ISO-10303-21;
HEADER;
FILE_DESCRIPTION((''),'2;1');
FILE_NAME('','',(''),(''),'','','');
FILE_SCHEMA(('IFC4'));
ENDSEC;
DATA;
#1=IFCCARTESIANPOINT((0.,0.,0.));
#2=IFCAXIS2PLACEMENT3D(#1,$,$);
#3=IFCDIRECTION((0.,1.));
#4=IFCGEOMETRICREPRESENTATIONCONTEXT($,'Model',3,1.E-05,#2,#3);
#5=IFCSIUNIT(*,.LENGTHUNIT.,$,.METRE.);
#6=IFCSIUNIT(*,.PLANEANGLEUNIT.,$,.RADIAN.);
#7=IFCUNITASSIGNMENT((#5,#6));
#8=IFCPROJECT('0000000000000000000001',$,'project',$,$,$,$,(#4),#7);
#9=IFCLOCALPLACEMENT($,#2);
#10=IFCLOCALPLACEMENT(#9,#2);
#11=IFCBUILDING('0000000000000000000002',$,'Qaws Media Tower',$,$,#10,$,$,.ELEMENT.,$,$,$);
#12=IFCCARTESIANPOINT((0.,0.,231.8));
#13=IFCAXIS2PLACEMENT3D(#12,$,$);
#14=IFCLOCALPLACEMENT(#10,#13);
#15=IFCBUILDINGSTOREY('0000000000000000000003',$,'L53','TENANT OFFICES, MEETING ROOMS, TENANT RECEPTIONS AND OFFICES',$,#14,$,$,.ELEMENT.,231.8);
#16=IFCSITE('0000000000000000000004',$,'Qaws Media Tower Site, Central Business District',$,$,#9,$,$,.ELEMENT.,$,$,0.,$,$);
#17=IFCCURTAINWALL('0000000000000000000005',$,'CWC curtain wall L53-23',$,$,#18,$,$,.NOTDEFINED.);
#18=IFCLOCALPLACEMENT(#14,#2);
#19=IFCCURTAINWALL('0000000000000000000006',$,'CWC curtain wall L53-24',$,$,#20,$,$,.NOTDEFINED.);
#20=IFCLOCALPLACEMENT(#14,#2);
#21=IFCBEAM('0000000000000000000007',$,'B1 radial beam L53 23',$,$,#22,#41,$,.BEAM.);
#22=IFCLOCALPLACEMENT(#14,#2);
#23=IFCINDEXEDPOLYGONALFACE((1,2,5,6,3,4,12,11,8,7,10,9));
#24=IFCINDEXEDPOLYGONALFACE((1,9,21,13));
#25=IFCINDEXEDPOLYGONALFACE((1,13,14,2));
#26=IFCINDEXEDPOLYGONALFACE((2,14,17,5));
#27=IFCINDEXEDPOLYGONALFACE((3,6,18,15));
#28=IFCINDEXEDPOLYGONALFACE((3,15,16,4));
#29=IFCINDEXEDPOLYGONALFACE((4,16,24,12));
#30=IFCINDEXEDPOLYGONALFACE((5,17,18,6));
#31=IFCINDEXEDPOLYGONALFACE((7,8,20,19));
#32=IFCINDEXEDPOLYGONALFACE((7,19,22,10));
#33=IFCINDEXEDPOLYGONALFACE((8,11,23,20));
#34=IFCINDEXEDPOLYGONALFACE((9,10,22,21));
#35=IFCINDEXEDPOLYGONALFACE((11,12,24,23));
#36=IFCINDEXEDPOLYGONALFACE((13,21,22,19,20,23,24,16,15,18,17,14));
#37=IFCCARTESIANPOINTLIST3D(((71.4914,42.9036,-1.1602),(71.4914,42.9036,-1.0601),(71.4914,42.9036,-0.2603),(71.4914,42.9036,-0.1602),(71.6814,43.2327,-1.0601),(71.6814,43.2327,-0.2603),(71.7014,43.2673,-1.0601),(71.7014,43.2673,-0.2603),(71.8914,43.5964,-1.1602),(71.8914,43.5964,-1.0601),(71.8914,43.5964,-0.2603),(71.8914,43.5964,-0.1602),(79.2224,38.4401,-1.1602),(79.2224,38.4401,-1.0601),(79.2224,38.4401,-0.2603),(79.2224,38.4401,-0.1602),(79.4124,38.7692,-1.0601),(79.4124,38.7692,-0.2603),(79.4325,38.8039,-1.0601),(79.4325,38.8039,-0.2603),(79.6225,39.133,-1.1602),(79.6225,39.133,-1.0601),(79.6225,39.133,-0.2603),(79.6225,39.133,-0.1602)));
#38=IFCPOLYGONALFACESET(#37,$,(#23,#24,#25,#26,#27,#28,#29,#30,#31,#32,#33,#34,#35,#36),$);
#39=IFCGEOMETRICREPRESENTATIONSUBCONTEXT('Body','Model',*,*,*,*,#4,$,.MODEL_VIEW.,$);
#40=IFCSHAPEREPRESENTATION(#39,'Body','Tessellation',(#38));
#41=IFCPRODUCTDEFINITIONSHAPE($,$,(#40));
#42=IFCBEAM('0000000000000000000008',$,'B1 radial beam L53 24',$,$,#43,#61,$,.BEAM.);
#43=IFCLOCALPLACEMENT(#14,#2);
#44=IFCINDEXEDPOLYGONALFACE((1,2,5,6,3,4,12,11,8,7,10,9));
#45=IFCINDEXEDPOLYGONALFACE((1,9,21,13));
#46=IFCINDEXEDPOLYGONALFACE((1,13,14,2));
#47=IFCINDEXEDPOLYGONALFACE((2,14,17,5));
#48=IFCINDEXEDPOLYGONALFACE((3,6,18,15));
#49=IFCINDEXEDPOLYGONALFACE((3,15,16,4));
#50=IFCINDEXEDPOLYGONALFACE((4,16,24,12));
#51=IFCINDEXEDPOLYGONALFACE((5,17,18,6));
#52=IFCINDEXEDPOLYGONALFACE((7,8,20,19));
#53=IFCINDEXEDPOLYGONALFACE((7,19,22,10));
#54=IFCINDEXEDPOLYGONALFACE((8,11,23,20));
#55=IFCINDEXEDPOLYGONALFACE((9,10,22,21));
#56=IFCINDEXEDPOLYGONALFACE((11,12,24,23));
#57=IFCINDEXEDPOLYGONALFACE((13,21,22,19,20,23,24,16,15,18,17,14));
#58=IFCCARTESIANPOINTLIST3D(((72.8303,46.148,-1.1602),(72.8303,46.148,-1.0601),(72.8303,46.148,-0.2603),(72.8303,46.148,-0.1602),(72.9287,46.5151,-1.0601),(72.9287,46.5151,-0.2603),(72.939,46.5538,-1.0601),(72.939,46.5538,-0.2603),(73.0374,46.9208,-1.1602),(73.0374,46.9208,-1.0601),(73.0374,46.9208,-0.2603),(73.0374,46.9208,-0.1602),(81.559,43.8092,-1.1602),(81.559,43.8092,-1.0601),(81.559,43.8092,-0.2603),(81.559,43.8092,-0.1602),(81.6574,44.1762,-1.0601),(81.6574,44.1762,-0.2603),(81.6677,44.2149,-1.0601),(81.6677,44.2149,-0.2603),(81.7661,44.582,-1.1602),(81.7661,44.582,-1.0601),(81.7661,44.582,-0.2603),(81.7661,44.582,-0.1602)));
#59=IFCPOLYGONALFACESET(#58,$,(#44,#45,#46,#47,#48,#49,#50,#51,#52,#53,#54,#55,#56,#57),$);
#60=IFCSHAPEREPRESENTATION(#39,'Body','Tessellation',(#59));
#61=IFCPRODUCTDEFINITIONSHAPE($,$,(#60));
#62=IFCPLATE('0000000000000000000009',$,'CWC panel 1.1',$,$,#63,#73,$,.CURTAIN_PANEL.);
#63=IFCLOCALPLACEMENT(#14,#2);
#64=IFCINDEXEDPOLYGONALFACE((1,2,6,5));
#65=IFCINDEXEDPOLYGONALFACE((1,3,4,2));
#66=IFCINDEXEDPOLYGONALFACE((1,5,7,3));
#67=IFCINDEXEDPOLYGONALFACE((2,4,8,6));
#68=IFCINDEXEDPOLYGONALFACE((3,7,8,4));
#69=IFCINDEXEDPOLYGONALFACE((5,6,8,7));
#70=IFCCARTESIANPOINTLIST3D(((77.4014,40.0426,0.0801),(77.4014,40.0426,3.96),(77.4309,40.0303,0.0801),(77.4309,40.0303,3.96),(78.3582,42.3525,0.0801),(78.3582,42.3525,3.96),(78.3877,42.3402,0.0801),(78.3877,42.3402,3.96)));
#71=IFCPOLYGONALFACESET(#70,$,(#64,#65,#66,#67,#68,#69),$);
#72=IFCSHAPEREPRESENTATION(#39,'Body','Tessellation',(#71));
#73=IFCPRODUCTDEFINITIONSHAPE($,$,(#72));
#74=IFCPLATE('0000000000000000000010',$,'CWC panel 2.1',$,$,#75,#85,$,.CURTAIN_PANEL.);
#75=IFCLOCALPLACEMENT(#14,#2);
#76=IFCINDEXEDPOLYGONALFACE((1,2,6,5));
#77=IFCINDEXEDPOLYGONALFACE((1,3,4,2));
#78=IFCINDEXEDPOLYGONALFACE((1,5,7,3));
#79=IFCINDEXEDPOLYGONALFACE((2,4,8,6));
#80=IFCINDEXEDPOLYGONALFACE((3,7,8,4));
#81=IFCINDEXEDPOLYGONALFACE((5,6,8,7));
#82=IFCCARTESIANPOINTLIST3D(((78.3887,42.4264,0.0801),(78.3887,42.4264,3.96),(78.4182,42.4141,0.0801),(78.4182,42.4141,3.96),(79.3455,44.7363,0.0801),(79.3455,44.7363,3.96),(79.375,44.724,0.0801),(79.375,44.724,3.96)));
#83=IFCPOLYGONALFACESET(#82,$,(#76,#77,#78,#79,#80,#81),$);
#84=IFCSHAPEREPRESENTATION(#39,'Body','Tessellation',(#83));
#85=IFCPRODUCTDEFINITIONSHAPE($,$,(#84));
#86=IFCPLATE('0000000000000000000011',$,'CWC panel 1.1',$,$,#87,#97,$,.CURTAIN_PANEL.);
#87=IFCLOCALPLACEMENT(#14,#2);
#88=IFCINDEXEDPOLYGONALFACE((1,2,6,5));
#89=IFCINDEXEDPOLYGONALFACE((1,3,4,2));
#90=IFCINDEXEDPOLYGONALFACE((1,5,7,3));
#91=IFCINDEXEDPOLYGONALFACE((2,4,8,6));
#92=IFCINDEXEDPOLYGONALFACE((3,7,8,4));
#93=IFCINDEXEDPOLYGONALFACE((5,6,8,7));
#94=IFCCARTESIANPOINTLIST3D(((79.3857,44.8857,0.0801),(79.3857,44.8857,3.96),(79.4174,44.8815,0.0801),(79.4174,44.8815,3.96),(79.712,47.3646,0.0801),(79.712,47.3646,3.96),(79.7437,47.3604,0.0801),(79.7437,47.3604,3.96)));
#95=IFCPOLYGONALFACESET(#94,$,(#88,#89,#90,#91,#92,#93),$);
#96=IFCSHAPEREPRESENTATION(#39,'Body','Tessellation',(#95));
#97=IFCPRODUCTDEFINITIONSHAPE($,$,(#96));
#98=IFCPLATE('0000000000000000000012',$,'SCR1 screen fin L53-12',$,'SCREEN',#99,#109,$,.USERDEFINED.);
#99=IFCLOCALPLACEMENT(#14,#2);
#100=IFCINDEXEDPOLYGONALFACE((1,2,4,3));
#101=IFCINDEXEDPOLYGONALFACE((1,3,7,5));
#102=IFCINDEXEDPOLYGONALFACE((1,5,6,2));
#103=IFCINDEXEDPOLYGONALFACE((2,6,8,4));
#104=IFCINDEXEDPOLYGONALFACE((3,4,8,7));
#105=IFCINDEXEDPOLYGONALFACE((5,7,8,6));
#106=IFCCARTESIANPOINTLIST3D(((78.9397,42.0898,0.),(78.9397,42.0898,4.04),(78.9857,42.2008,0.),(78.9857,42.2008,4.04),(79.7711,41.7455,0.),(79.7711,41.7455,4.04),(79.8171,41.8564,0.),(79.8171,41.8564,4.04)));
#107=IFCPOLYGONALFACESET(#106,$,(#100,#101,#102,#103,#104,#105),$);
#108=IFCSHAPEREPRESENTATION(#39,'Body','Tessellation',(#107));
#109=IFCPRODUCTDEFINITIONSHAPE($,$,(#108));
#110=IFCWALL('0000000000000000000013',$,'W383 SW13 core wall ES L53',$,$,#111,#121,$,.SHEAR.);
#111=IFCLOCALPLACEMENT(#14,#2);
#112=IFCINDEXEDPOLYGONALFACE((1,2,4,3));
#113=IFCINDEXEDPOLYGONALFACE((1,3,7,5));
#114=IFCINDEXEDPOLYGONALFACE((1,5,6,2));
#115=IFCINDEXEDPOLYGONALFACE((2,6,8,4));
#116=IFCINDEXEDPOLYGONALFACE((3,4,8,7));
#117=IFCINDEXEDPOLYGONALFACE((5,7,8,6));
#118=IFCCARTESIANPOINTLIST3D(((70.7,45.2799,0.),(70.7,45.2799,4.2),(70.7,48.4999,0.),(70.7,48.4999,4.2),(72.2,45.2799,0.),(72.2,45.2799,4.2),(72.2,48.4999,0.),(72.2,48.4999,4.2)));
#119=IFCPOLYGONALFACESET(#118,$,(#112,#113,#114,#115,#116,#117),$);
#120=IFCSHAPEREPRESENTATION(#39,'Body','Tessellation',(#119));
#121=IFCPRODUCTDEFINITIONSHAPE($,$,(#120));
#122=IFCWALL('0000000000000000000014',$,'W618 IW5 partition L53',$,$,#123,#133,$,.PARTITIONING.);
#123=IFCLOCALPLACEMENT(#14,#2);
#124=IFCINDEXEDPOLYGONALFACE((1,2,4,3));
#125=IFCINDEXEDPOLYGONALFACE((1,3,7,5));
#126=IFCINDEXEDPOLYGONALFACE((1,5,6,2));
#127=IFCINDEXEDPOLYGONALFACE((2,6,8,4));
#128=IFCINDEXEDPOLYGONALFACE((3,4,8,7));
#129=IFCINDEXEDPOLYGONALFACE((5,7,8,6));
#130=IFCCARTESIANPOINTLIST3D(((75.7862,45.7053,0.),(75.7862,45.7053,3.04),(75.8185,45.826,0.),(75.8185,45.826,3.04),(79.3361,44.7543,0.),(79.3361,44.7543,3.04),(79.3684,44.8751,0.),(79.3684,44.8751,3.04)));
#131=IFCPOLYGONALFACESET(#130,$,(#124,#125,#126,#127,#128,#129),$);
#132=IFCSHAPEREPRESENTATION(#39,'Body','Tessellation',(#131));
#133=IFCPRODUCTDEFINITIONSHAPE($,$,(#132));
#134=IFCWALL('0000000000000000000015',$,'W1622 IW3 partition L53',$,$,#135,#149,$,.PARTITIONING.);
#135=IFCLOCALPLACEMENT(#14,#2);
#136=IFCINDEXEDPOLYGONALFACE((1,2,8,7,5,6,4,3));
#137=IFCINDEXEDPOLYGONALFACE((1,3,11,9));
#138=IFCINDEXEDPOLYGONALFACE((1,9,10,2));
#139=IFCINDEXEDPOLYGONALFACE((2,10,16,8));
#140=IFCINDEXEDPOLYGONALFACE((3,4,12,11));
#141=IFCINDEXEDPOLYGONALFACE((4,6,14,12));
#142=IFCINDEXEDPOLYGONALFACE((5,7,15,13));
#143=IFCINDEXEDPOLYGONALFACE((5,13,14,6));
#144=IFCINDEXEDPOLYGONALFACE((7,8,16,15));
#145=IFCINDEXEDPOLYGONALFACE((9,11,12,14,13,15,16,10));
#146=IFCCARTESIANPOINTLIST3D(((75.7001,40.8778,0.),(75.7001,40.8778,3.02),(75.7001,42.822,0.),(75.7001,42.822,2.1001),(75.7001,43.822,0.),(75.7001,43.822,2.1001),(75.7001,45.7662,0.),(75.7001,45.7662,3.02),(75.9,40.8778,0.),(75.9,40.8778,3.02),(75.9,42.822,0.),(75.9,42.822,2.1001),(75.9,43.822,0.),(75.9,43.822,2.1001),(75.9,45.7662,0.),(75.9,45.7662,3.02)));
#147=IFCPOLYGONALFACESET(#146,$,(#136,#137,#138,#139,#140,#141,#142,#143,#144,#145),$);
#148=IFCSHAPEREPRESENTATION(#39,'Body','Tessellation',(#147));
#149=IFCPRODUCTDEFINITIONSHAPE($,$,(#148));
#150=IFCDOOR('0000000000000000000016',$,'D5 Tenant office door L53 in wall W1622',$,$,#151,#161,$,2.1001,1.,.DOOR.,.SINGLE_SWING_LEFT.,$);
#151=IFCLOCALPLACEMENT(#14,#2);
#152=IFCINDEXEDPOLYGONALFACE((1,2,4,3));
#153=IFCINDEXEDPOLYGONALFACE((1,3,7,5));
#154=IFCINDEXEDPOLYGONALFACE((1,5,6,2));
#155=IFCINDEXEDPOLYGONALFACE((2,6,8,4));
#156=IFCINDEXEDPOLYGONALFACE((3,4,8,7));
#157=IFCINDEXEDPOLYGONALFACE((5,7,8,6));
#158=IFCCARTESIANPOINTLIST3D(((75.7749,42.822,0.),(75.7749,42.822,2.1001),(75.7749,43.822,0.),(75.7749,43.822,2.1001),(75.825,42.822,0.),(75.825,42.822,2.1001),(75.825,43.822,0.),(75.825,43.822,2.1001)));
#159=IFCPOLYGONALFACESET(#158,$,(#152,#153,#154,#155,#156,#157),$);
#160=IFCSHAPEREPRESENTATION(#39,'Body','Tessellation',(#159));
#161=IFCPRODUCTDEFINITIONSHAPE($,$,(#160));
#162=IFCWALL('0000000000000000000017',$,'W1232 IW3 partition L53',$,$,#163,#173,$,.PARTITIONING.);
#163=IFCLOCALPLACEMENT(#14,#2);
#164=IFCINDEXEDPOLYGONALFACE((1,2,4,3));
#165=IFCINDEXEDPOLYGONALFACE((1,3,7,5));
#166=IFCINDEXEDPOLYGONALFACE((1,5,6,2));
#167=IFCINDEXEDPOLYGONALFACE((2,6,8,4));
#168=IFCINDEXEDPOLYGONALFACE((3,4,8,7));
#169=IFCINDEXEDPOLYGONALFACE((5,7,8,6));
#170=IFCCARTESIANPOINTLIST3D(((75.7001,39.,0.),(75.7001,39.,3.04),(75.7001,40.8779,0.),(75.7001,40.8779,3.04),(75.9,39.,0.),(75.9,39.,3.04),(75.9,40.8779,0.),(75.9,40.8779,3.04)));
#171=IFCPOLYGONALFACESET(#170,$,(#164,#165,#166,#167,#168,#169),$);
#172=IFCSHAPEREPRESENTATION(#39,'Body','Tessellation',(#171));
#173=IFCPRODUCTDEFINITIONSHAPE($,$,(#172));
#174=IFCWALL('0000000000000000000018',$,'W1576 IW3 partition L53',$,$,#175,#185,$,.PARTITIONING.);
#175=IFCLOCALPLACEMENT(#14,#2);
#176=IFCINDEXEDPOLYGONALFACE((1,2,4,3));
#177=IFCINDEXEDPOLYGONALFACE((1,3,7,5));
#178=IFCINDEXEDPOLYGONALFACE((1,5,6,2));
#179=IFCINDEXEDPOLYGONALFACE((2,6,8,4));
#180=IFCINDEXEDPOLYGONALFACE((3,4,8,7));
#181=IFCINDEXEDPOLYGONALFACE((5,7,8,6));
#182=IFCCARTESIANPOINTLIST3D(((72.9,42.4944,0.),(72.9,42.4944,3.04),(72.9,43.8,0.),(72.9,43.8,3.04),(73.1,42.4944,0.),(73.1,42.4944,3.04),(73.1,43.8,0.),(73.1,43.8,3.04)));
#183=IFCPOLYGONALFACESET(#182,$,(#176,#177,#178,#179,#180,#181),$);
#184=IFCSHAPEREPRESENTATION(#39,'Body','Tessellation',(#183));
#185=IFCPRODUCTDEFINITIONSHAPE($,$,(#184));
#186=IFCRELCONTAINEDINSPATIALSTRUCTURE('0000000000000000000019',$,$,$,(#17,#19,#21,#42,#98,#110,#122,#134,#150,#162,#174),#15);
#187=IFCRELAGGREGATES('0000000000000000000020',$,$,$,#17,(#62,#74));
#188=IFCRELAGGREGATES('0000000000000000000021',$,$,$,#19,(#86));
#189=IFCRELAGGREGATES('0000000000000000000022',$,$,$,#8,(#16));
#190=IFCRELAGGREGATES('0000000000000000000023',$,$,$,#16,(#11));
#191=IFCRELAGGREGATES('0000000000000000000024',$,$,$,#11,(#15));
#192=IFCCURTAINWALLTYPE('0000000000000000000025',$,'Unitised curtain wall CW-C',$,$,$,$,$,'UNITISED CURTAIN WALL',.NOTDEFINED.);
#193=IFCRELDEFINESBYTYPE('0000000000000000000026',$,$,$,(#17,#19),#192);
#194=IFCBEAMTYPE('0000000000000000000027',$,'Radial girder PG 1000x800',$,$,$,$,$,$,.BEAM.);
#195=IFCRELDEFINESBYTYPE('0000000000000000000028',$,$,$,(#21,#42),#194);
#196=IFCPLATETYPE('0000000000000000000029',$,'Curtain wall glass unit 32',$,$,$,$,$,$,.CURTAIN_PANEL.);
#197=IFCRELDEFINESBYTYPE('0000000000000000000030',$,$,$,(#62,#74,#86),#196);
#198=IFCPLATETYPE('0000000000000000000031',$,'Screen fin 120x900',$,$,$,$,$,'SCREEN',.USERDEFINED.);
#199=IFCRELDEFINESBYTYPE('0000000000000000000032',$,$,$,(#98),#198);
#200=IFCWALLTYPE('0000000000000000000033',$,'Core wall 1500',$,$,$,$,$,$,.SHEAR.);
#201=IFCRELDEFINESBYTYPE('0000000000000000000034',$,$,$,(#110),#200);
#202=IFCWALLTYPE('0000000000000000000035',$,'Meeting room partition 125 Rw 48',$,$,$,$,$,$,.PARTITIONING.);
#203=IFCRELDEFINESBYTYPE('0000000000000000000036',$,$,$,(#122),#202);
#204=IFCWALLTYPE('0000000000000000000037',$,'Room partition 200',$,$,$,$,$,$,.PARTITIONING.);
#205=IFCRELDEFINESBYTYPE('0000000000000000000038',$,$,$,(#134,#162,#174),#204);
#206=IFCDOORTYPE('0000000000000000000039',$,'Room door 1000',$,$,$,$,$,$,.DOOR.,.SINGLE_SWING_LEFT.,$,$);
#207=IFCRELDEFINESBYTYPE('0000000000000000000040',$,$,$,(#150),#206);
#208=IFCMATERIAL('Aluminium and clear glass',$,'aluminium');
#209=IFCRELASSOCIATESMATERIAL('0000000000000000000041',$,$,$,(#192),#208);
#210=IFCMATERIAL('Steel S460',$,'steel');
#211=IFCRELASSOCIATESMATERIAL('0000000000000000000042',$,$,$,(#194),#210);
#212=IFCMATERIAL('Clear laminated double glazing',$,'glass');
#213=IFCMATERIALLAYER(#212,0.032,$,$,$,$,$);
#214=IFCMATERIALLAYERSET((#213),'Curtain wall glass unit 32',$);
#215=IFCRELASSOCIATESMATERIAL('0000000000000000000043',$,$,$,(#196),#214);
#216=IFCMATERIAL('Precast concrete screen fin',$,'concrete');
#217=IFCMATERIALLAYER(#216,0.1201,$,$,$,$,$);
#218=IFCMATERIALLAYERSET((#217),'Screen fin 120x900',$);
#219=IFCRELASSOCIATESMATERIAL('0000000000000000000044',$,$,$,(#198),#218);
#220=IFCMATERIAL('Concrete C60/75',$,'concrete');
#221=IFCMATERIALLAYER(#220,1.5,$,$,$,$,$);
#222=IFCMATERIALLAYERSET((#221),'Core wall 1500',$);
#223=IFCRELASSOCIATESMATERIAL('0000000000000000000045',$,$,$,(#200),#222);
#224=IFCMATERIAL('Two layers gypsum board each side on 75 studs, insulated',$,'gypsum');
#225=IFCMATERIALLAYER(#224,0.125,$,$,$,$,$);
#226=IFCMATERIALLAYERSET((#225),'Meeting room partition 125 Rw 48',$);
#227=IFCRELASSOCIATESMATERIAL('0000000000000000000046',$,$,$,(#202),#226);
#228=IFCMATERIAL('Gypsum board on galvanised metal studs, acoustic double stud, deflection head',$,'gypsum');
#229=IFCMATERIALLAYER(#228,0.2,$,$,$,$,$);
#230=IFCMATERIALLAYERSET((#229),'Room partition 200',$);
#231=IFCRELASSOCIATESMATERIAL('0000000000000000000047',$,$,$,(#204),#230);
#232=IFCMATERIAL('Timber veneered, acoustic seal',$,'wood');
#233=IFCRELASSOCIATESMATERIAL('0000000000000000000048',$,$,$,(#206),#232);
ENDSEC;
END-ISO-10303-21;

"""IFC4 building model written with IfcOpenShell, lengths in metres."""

from ifc_helpers import new_model, si_unit, direction, frame, frame_2d, origin, origin_2d, place, context, subcontext, project, spatial, rectangle, i_section, extrude, material, layer, layer_set, material_profile, profile_set, type_object, element, fill, aggregate, save


model = new_model("IFC4")

# Units and contexts
model_context = context("Model", 3, precision=1e-05, world=origin(), true_north=direction((0.0, 1.0)))
body_context = subcontext(model_context, "Body", "Model", "MODEL_VIEW")
ifc_project = project(units=[si_unit("LENGTHUNIT", "METRE"), si_unit("PLANEANGLEUNIT", "RADIAN")], contexts=[model_context])

# Site, building, storey
site_placement = place(None, origin())
site = spatial("IfcSite", under=ifc_project, at=site_placement, Name="Qaws Media Tower Site, Central Business District", CompositionType="ELEMENT", RefElevation=0.0)
building_placement = place(site_placement, origin())
building = spatial("IfcBuilding", under=site, at=building_placement, Name="Qaws Media Tower", CompositionType="ELEMENT")
storey_placement = place(building_placement, frame((0.0, 0.0, 231.8)))
storey = spatial("IfcBuildingStorey", under=building, at=storey_placement, Name="L53", Description="TENANT OFFICES, MEETING ROOMS, TENANT RECEPTIONS AND OFFICES", CompositionType="ELEMENT", Elevation=231.8)

# Curtain walls
ifc_material_1 = material(Name="Aluminium and clear glass", Category="aluminium")
curtain_wall_type = type_object("IfcCurtainWallType", Name="Unitised curtain wall CW-C", ElementType="UNITISED CURTAIN WALL", PredefinedType="NOTDEFINED", material=ifc_material_1)
curtain_wall_1_placement = place(storey_placement, origin())
curtain_wall_1 = element("IfcCurtainWall", 1, at=curtain_wall_1_placement, inside=storey, type_object=curtain_wall_type, Name="CWC curtain wall L53-23", PredefinedType="NOTDEFINED")
curtain_wall_2_placement = place(storey_placement, origin())
curtain_wall_2 = element("IfcCurtainWall", 2, at=curtain_wall_2_placement, inside=storey, type_object=curtain_wall_type, Name="CWC curtain wall L53-24", PredefinedType="NOTDEFINED")

# Beams
ifc_material_2 = material(Name="Steel S460", Category="steel")
ifc_material_profile_1 = material_profile(ifc_material_2, i_section(OverallWidth=0.8, OverallDepth=1.0, WebThickness=0.04, FlangeThickness=0.1001, at=origin_2d()), Name="PG 1000x800")
ifc_profile_set_1 = profile_set([ifc_material_profile_1], Name="Steel S460")
beam_type_1 = type_object("IfcBeamType", Name="Radial girder PG 1000x800", PredefinedType="BEAM", material=ifc_profile_set_1)
beam_1_placement = place(storey_placement, frame((71.6914, 43.25, -0.6602), z_axis=(0.86603, -0.499992, 0.0), x_axis=(0.499992, 0.86603, 0.0)))
element("IfcBeam", 3, at=beam_1_placement, inside=storey, type_object=beam_type_1, Name="B1 radial beam L53 23", PredefinedType="BEAM", context=body_context, shape_type="SweptSolid", body=[
    extrude(i_section(OverallWidth=0.8, OverallDepth=1.0, WebThickness=0.04, FlangeThickness=0.1001, at=origin_2d()), origin(), (0.0, 0.0, 1.0), 8.927),
])
beam_2_placement = place(storey_placement, frame((72.9338, 46.5344, -0.6602), z_axis=(0.965926, -0.258819, 0.0), x_axis=(0.258819, 0.965926, 0.0)))
element("IfcBeam", 4, at=beam_2_placement, inside=storey, type_object=beam_type_1, Name="B1 radial beam L53 24", PredefinedType="BEAM", context=body_context, shape_type="SweptSolid", body=[
    extrude(i_section(OverallWidth=0.8, OverallDepth=1.0, WebThickness=0.04, FlangeThickness=0.1001, at=origin_2d()), origin(), (0.0, 0.0, 1.0), 9.0366),
])

# Plates
ifc_material_3 = material(Name="Clear laminated double glazing", Category="glass")
ifc_layer_1 = layer(ifc_material_3, 0.032)
ifc_layer_set_1 = layer_set([ifc_layer_1], Name="Curtain wall glass unit 32")
plate_type_1 = type_object("IfcPlateType", Name="Curtain wall glass unit 32", PredefinedType="CURTAIN_PANEL", material=ifc_layer_set_1)
plate_1_placement = place(storey_placement, frame((77.8945, 41.1914, 0.0801), z_axis=(0.0, 0.0, 1.0), x_axis=(0.382683, 0.92388, 0.0)))
plate_1 = element("IfcPlate", 5, at=plate_1_placement, type_object=plate_type_1, Name="CWC panel 1.1", PredefinedType="CURTAIN_PANEL", context=body_context, shape_type="SweptSolid", body=[
    extrude(rectangle(XDim=2.5002, YDim=0.032, at=origin_2d()), origin(), (0.0, 0.0, 1.0), 3.8799),
])
plate_2_placement = place(storey_placement, frame((78.8818, 43.5752, 0.0801), z_axis=(0.0, 0.0, 1.0), x_axis=(0.382683, 0.92388, 0.0)))
plate_2 = element("IfcPlate", 6, at=plate_2_placement, type_object=plate_type_1, Name="CWC panel 2.1", PredefinedType="CURTAIN_PANEL", context=body_context, shape_type="SweptSolid", body=[
    extrude(rectangle(XDim=2.5002, YDim=0.032, at=origin_2d()), origin(), (0.0, 0.0, 1.0), 3.8799),
])
aggregate(curtain_wall_1, [plate_1, plate_2])
plate_3_placement = place(storey_placement, frame((79.5647, 46.123, 0.0801), z_axis=(0.0, 0.0, 1.0), x_axis=(0.130526, 0.991445, 0.0)))
plate_3 = element("IfcPlate", 7, at=plate_3_placement, type_object=plate_type_1, Name="CWC panel 1.1", PredefinedType="CURTAIN_PANEL", context=body_context, shape_type="SweptSolid", body=[
    extrude(rectangle(XDim=2.5002, YDim=0.032, at=origin_2d()), origin(), (0.0, 0.0, 1.0), 3.8799),
])
aggregate(curtain_wall_2, [plate_3])
ifc_material_4 = material(Name="Precast concrete screen fin", Category="concrete")
ifc_layer_2 = layer(ifc_material_4, 0.1201)
ifc_layer_set_2 = layer_set([ifc_layer_2], Name="Screen fin 120x900")
plate_type_2 = type_object("IfcPlateType", Name="Screen fin 120x900", ElementType="SCREEN", PredefinedType="USERDEFINED", material=ifc_layer_set_2)
plate_4_placement = place(storey_placement, frame((79.3784, 41.9731, 0.0), z_axis=(0.0, 0.0, 1.0), x_axis=(0.92388, -0.382683, 0.0)))
element("IfcPlate", 8, at=plate_4_placement, inside=storey, type_object=plate_type_2, Name="SCR1 screen fin L53-12", ObjectType="SCREEN", PredefinedType="USERDEFINED", context=body_context, shape_type="SweptSolid", body=[
    extrude(rectangle(XDim=0.8999, YDim=0.1201, at=origin_2d()), origin(), (0.0, 0.0, 1.0), 4.04),
])

# Walls
ifc_material_5 = material(Name="Concrete C60/75", Category="concrete")
ifc_layer_3 = layer(ifc_material_5, 1.5)
ifc_layer_set_3 = layer_set([ifc_layer_3], Name="Core wall 1500")
wall_type_1 = type_object("IfcWallType", Name="Core wall 1500", PredefinedType="SHEAR", material=ifc_layer_set_3)
wall_1_placement = place(storey_placement, frame((71.45, 45.28, 0.0), z_axis=(0.0, 0.0, 1.0), x_axis=(0.0, 1.0, 0.0)))
element("IfcWall", 9, at=wall_1_placement, inside=storey, type_object=wall_type_1, Name="W383 SW13 core wall ES L53", PredefinedType="SHEAR", context=body_context, shape_type="SweptSolid", body=[
    extrude(rectangle(XDim=3.22, YDim=1.5, at=frame_2d((1.6099, 0.0))), origin(), (0.0, 0.0, 1.0), 4.2),
])
ifc_material_6 = material(Name="Two layers gypsum board each side on 75 studs, insulated", Category="gypsum")
ifc_layer_4 = layer(ifc_material_6, 0.125)
ifc_layer_set_4 = layer_set([ifc_layer_4], Name="Meeting room partition 125 Rw 48")
wall_type_2 = type_object("IfcWallType", Name="Meeting room partition 125 Rw 48", PredefinedType="PARTITIONING", material=ifc_layer_set_4)
wall_2_placement = place(storey_placement, frame((75.8025, 45.7656, 0.0), z_axis=(0.0, 0.0, 1.0), x_axis=(0.965942, -0.258758, 0.0)))
element("IfcWall", 10, at=wall_2_placement, inside=storey, type_object=wall_type_2, Name="W618 IW5 partition L53", PredefinedType="PARTITIONING", context=body_context, shape_type="SweptSolid", body=[
    extrude(rectangle(XDim=3.675, YDim=0.125, at=frame_2d((1.8374, 0.0))), origin(), (0.0, 0.0, 1.0), 3.04),
])

# Wall, opening, door
ifc_material_7 = material(Name="Gypsum board on galvanised metal studs, acoustic double stud, deflection head", Category="gypsum")
ifc_layer_5 = layer(ifc_material_7, 0.2)
ifc_layer_set_5 = layer_set([ifc_layer_5], Name="Room partition 200")
wall_type_3 = type_object("IfcWallType", Name="Room partition 200", PredefinedType="PARTITIONING", material=ifc_layer_set_5)
wall_3_placement = place(storey_placement, frame((75.8, 45.7664, 0.0), z_axis=(0.0, 0.0, 1.0), x_axis=(0.0, -1.0, 0.0)))
wall_3 = element("IfcWall", 11, at=wall_3_placement, inside=storey, type_object=wall_type_3, Name="W1622 IW3 partition L53", PredefinedType="PARTITIONING", context=body_context, shape_type="SweptSolid", body=[
    extrude(rectangle(XDim=4.8884, YDim=0.2, at=frame_2d((2.4443, 0.0))), origin(), (0.0, 0.0, 1.0), 3.02),
])
opening_placement = place(wall_3_placement, frame((1.9443, 0.0, 0.0)))
opening = element("IfcOpeningElement", 12, at=opening_placement, cuts=wall_3, PredefinedType="OPENING", context=body_context, shape_type="SweptSolid", body=[
    extrude(rectangle(XDim=1.0, YDim=2.1001, at=frame_2d((0.5, 1.05))), frame((0.0, 0.1099, 0.0), z_axis=(0.0, -1.0, 0.0), x_axis=(1.0, 0.0, 0.0)), (0.0, 0.0, 1.0), 0.22),
])
ifc_material_8 = material(Name="Timber veneered, acoustic seal", Category="wood")
door_type = type_object("IfcDoorType", Name="Room door 1000", OperationType="SINGLE_SWING_LEFT", PredefinedType="DOOR", material=ifc_material_8)
door_placement = place(opening_placement, origin())
door = element("IfcDoor", 13, at=door_placement, inside=storey, type_object=door_type, Name="D5 Tenant office door L53 in wall W1622", OperationType="SINGLE_SWING_LEFT", OverallHeight=2.1001, OverallWidth=1.0, PredefinedType="DOOR", context=body_context, shape_type="SweptSolid", body=[
    extrude(rectangle(XDim=1.0, YDim=2.1001, at=frame_2d((0.5, 1.05))), frame((0.0, 0.0249, 0.0), z_axis=(0.0, -1.0, 0.0), x_axis=(1.0, 0.0, 0.0)), (0.0, 0.0, 1.0), 0.05),
])
fill(opening, door)

# Walls
wall_4_placement = place(storey_placement, frame((75.8, 40.8779, 0.0), z_axis=(0.0, 0.0, 1.0), x_axis=(0.0, -1.0, 0.0)))
element("IfcWall", 14, at=wall_4_placement, inside=storey, type_object=wall_type_3, Name="W1232 IW3 partition L53", PredefinedType="PARTITIONING", context=body_context, shape_type="SweptSolid", body=[
    extrude(rectangle(XDim=1.8779, YDim=0.2, at=frame_2d((0.939, 0.0))), origin(), (0.0, 0.0, 1.0), 3.04),
])
wall_5_placement = place(storey_placement, frame((73.0, 42.4944, 0.0), z_axis=(0.0, 0.0, 1.0), x_axis=(0.0, 1.0, 0.0)))
element("IfcWall", 15, at=wall_5_placement, inside=storey, type_object=wall_type_3, Name="W1576 IW3 partition L53", PredefinedType="PARTITIONING", context=body_context, shape_type="SweptSolid", body=[
    extrude(rectangle(XDim=1.3057, YDim=0.2, at=frame_2d((0.6528, 0.0))), origin(), (0.0, 0.0, 1.0), 3.04),
])

save(model, "model.ifc")
